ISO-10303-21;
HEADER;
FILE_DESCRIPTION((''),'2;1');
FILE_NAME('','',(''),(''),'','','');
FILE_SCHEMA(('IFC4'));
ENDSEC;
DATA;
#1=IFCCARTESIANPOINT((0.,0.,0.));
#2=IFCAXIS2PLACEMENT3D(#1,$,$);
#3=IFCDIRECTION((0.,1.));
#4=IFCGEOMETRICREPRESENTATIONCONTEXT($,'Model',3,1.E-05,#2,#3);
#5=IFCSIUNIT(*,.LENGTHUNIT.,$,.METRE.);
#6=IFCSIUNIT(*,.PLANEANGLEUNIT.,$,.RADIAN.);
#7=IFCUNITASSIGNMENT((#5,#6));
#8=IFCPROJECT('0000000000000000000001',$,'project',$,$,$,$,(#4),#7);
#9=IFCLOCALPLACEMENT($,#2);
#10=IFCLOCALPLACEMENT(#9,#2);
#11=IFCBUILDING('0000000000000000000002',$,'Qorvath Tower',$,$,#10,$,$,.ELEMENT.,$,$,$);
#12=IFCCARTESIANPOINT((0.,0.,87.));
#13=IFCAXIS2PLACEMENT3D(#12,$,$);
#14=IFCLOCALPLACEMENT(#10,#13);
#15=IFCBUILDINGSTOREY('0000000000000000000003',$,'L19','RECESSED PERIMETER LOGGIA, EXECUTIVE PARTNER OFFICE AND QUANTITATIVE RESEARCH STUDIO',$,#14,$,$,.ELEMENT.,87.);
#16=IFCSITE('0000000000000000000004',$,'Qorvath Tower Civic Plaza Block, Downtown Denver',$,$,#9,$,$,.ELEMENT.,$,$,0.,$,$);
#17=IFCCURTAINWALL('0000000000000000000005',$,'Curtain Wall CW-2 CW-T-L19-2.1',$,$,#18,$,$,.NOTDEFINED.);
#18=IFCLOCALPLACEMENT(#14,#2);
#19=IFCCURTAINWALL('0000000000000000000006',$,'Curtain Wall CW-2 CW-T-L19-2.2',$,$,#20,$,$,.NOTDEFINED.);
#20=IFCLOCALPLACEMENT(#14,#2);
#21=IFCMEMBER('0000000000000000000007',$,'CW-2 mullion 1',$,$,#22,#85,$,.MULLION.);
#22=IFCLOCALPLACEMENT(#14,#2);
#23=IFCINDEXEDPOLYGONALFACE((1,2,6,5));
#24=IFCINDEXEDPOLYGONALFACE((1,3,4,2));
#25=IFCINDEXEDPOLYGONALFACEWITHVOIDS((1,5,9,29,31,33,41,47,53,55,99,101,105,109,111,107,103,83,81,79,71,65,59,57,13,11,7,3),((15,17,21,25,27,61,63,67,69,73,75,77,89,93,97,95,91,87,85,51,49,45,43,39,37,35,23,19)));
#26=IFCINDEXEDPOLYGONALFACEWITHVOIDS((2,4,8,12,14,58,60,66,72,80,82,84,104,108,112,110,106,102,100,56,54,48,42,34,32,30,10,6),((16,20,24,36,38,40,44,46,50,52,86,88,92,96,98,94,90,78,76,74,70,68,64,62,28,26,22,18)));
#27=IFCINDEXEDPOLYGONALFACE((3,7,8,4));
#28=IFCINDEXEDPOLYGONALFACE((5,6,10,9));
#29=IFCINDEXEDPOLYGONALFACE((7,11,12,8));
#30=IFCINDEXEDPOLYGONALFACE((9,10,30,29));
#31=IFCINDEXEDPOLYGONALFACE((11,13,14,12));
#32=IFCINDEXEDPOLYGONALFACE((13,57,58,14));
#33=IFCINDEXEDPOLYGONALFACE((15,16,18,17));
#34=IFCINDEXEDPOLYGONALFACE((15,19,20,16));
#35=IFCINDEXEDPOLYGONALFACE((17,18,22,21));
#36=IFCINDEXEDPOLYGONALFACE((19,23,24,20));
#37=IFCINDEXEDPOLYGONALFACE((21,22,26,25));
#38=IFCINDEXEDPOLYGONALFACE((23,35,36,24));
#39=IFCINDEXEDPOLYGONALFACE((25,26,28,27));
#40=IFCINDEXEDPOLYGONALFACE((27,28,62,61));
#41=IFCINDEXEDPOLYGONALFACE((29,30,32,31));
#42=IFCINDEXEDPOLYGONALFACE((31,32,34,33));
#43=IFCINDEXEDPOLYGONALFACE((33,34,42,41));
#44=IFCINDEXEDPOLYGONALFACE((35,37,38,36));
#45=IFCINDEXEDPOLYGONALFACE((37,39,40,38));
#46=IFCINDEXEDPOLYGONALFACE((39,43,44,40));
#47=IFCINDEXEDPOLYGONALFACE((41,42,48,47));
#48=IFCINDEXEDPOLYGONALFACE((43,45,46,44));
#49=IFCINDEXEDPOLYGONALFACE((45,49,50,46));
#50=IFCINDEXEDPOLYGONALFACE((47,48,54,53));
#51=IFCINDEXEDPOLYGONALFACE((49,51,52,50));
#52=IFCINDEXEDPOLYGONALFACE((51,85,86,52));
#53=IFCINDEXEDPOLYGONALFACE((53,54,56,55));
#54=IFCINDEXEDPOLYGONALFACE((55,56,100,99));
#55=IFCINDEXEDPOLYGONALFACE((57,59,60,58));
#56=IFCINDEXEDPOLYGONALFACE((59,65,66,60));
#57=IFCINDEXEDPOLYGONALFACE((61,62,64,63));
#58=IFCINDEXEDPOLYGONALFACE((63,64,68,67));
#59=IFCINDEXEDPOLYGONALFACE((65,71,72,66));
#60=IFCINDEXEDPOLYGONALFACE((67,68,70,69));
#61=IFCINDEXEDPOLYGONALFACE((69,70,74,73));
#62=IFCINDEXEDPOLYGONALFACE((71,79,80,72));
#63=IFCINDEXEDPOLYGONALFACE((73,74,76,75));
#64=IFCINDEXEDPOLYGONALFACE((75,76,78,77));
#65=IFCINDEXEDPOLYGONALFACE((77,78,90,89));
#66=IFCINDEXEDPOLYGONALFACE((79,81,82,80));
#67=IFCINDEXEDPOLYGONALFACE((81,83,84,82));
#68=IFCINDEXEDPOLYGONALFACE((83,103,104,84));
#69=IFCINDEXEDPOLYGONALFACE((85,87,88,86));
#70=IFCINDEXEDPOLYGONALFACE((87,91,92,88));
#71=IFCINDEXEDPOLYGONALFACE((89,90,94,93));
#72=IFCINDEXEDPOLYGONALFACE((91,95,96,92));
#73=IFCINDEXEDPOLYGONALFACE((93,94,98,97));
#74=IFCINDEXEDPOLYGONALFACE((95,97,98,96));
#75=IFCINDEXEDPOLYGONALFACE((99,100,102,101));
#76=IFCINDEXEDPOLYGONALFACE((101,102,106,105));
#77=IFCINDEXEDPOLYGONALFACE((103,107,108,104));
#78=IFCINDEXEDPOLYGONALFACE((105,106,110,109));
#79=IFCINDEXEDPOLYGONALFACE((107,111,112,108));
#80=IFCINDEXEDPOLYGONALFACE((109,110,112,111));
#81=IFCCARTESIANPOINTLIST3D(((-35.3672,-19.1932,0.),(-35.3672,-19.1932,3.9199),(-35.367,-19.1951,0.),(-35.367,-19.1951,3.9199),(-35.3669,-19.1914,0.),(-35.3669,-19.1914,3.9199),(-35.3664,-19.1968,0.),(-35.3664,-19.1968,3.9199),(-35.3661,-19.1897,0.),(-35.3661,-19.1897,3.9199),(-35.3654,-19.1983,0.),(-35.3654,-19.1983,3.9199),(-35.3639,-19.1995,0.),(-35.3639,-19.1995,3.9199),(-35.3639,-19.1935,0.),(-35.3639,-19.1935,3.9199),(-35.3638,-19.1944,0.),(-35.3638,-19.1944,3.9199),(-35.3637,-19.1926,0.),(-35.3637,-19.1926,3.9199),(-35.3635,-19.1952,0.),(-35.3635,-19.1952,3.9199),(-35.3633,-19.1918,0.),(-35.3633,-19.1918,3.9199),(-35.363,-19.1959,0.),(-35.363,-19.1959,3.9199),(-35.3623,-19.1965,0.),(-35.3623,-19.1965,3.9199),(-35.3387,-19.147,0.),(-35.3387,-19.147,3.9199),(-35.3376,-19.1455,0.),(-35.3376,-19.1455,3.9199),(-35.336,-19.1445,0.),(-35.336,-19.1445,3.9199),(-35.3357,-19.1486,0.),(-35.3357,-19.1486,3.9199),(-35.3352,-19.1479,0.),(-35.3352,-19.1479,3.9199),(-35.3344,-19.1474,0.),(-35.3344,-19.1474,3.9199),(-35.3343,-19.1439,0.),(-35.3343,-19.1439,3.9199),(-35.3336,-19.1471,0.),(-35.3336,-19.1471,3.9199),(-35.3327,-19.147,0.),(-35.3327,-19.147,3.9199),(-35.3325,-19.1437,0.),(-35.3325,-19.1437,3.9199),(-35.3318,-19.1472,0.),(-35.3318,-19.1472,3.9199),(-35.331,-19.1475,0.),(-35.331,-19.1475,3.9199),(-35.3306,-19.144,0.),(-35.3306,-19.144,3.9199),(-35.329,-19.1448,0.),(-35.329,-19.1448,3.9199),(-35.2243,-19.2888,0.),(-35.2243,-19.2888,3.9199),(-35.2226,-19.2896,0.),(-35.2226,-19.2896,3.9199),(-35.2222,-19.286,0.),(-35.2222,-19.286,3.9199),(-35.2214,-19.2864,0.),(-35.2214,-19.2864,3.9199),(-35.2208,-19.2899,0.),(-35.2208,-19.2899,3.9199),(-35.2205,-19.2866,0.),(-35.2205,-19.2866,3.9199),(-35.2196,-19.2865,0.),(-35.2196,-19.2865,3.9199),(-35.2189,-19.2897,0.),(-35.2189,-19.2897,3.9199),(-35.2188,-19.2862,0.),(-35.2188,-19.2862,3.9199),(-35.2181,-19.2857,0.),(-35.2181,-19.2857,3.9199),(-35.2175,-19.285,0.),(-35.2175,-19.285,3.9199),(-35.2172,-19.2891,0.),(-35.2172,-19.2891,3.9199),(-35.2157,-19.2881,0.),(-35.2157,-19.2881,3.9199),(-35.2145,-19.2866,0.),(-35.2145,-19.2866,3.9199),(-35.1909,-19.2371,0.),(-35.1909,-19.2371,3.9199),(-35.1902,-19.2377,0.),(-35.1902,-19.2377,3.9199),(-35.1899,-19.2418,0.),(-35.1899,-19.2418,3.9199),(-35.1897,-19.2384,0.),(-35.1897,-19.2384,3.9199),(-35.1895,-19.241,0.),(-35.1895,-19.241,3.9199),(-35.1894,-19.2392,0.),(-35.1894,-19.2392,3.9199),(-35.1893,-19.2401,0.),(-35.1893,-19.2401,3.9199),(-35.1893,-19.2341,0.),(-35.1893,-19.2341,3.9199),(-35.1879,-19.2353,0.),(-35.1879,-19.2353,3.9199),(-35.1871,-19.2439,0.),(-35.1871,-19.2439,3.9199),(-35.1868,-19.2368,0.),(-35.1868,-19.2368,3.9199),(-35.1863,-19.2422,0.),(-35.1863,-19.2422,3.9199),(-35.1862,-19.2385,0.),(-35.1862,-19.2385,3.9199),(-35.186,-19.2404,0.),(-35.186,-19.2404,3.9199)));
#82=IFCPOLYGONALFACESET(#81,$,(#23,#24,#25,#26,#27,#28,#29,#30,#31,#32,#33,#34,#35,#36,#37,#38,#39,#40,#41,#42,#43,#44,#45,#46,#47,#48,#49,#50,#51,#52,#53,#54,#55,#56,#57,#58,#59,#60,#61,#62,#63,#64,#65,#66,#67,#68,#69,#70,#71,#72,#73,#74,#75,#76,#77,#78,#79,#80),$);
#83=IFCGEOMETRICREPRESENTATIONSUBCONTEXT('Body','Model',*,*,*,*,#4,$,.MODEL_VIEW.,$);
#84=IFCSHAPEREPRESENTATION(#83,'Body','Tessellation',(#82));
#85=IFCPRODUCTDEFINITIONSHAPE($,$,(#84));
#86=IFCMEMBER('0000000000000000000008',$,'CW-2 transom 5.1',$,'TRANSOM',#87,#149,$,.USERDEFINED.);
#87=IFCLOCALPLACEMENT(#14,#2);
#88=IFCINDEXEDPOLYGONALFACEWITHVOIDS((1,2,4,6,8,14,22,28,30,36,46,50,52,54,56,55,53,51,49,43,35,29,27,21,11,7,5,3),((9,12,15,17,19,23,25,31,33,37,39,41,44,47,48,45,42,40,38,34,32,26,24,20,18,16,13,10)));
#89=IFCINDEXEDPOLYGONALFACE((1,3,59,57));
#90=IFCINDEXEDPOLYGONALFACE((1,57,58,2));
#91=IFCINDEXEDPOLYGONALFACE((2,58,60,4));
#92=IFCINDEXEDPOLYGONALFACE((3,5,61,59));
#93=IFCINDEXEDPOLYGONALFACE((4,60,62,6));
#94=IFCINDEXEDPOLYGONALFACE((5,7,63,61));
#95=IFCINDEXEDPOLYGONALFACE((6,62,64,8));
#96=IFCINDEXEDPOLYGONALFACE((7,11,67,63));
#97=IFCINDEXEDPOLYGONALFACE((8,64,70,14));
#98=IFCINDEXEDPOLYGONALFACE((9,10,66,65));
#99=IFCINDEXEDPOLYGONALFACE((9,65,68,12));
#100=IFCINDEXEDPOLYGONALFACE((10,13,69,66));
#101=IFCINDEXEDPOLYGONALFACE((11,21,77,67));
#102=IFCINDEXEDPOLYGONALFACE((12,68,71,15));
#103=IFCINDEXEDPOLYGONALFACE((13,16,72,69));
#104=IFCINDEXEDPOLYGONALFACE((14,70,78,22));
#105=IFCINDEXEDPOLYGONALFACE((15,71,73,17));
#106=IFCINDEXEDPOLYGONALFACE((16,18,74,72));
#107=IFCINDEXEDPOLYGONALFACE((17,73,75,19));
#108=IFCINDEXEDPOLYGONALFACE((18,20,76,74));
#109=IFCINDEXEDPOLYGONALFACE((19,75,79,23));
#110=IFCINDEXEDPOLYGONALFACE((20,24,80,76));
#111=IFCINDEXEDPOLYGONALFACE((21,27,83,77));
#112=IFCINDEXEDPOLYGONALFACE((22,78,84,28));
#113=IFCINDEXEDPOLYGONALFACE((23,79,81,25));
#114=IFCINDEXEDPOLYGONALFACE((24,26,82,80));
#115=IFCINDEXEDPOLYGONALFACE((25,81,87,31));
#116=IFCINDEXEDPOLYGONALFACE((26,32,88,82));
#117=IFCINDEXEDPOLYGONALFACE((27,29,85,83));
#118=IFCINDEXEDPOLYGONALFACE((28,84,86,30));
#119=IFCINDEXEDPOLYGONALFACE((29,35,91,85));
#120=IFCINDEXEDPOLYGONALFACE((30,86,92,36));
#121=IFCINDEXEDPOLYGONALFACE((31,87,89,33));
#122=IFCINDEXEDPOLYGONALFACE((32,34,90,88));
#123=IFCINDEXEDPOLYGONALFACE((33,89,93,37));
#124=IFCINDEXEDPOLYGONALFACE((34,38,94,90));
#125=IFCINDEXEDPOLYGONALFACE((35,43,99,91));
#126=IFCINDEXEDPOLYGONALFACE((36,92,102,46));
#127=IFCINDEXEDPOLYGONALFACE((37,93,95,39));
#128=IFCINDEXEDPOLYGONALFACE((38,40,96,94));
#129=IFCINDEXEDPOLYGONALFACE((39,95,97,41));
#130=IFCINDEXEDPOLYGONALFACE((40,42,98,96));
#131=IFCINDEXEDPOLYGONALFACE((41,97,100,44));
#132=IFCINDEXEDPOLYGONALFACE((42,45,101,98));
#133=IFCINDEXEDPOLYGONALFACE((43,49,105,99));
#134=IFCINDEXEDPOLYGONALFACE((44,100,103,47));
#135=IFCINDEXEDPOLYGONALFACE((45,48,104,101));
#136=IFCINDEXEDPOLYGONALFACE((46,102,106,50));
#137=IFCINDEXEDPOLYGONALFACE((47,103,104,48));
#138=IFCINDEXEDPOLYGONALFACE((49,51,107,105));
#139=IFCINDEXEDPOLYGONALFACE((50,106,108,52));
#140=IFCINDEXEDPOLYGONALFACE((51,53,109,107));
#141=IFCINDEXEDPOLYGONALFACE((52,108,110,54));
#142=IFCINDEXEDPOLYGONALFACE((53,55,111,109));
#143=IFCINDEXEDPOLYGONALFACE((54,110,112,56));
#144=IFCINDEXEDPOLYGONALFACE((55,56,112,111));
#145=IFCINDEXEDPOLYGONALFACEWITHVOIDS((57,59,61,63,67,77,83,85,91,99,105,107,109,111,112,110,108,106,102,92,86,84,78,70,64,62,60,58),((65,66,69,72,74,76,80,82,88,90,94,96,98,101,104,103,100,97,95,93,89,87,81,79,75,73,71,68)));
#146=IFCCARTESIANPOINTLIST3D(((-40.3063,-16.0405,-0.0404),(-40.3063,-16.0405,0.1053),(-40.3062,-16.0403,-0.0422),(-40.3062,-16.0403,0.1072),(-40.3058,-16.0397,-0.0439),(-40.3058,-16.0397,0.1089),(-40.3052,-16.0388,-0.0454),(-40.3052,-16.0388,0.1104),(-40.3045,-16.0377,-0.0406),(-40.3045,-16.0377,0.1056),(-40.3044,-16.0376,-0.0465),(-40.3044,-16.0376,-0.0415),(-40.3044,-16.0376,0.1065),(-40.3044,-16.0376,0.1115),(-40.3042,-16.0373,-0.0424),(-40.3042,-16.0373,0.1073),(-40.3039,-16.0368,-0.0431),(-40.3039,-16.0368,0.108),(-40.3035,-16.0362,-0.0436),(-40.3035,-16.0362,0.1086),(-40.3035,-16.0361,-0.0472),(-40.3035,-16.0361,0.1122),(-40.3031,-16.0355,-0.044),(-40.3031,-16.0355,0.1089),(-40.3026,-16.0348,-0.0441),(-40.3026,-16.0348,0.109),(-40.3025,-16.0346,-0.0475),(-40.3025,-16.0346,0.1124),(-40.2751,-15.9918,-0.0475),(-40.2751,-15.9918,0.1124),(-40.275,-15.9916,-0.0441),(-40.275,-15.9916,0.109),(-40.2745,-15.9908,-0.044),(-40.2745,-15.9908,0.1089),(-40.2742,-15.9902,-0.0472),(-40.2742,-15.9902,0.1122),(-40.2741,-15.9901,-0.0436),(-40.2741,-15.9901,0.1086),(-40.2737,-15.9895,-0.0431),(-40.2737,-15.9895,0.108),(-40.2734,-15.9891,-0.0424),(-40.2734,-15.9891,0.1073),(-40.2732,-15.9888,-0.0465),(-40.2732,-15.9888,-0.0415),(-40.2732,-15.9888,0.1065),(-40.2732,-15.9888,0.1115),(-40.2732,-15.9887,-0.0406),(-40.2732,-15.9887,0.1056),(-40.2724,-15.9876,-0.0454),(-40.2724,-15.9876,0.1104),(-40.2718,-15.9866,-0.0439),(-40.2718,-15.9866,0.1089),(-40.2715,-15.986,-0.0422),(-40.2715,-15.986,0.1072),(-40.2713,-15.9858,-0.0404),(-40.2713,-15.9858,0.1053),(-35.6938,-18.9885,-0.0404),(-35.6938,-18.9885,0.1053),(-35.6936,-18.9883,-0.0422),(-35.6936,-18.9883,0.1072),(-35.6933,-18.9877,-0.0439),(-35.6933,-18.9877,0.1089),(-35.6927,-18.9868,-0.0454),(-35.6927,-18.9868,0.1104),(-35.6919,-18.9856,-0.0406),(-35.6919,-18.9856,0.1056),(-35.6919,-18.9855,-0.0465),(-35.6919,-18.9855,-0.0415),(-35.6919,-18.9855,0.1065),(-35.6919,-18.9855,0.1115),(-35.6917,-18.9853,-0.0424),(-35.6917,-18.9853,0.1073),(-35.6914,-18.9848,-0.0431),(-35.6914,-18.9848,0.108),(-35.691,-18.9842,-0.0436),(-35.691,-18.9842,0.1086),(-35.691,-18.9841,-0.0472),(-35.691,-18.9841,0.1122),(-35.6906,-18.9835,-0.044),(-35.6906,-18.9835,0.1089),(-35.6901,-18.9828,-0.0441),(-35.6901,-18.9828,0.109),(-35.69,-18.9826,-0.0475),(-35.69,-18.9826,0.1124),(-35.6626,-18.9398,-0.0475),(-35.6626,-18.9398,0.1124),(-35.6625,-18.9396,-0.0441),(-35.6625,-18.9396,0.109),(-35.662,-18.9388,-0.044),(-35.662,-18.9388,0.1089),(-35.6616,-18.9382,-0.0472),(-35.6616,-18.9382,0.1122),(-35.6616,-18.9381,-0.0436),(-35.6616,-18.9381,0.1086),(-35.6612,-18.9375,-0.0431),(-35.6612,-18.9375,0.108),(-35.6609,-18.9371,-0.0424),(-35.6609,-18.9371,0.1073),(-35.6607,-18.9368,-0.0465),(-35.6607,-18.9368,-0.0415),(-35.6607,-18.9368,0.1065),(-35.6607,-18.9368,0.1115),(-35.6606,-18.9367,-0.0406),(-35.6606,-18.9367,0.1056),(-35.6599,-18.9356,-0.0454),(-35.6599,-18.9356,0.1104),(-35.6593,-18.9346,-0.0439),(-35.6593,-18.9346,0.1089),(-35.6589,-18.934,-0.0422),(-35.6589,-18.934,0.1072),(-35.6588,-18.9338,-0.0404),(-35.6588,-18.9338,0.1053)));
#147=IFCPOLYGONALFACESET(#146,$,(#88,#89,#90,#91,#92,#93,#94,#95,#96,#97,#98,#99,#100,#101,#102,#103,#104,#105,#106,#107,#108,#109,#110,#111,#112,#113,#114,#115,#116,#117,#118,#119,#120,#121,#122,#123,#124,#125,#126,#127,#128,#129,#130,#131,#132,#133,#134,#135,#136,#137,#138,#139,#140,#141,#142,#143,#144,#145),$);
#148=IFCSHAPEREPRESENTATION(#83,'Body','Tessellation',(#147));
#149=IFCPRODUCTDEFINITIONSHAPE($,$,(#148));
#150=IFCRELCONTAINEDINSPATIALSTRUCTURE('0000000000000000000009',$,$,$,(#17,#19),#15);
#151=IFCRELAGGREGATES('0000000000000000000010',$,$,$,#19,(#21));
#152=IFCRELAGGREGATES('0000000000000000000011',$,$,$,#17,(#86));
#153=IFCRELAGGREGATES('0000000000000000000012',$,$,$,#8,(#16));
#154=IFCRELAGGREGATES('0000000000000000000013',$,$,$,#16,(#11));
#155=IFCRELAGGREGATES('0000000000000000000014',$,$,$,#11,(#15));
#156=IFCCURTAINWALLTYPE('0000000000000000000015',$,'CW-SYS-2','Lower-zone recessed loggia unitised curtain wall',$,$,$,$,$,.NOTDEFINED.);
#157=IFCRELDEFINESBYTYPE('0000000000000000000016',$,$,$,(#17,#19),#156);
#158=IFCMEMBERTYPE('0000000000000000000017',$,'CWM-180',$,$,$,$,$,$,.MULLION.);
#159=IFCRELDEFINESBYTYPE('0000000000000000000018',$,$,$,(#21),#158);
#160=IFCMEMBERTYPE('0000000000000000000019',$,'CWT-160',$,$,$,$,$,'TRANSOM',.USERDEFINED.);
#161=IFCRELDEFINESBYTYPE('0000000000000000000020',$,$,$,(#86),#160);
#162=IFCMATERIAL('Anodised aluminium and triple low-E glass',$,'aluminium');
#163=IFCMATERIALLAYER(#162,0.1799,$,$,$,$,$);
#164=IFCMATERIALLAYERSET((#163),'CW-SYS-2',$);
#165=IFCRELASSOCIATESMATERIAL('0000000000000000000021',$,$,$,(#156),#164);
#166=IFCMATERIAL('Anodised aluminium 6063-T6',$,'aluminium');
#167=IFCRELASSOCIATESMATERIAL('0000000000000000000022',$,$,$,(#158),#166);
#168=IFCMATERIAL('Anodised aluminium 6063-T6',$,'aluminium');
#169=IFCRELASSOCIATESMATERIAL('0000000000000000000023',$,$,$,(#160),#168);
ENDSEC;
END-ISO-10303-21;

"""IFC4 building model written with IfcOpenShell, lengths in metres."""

from ifc_helpers import new_model, si_unit, direction, frame, origin, origin_2d, place, context, subcontext, project, spatial, hollow_rectangle, extrude, material, layer, layer_set, material_profile, profile_set, type_object, element, aggregate, save


model = new_model("IFC4")

# Units and contexts
model_context = context("Model", 3, precision=1e-05, world=origin(), true_north=direction((0.0, 1.0)))
body_context = subcontext(model_context, "Body", "Model", "MODEL_VIEW")
ifc_project = project(units=[si_unit("LENGTHUNIT", "METRE"), si_unit("PLANEANGLEUNIT", "RADIAN")], contexts=[model_context])

# Site, building, storey
site_placement = place(None, origin())
site = spatial("IfcSite", under=ifc_project, at=site_placement, Name="Qorvath Tower Civic Plaza Block, Downtown Denver", CompositionType="ELEMENT", RefElevation=0.0)
building_placement = place(site_placement, origin())
building = spatial("IfcBuilding", under=site, at=building_placement, Name="Qorvath Tower", CompositionType="ELEMENT")
storey_placement = place(building_placement, frame((0.0, 0.0, 87.0)))
storey = spatial("IfcBuildingStorey", under=building, at=storey_placement, Name="L19", Description="RECESSED PERIMETER LOGGIA, EXECUTIVE PARTNER OFFICE AND QUANTITATIVE RESEARCH STUDIO", CompositionType="ELEMENT", Elevation=87.0)

# Curtain wall
ifc_material_1 = material(Name="Anodised aluminium and triple low-E glass", Category="aluminium")
ifc_layer_1 = layer(ifc_material_1, 0.1799)
ifc_layer_set_1 = layer_set([ifc_layer_1], Name="CW-SYS-2")
curtain_wall_type = type_object("IfcCurtainWallType", Name="CW-SYS-2", Description="Lower-zone recessed loggia unitised curtain wall", PredefinedType="NOTDEFINED", material=ifc_layer_set_1)
curtain_wall_1_placement = place(storey_placement, origin())
curtain_wall_1 = element("IfcCurtainWall", 1, at=curtain_wall_1_placement, inside=storey, type_object=curtain_wall_type, Name="Curtain Wall CW-2 CW-T-L19-2.1", PredefinedType="NOTDEFINED")
ifc_material_2 = material(Name="Anodised aluminium 6063-T6", Category="aluminium")
ifc_material_profile_1 = material_profile(ifc_material_2, hollow_rectangle(XDim=0.0649, YDim=0.1799, WallThickness=0.0034, InnerFilletRadius=0.0034, OuterFilletRadius=0.0071, at=origin_2d()), Name="CWM 180x65")
ifc_profile_set_1 = profile_set([ifc_material_profile_1], Name="Anodised aluminium 6063-T6")
member_type_1 = type_object("IfcMemberType", Name="CWM-180", PredefinedType="MULLION", material=ifc_profile_set_1)

# Curtain wall, member
curtain_wall_2_placement = place(storey_placement, origin())
curtain_wall_2 = element("IfcCurtainWall", 2, at=curtain_wall_2_placement, inside=storey, type_object=curtain_wall_type, Name="Curtain Wall CW-2 CW-T-L19-2.2", PredefinedType="NOTDEFINED")
member_1_placement = place(storey_placement, frame((-35.2766, -19.2168, 0.0), z_axis=(0.0, 0.0, 1.0), x_axis=(0.538533, 0.842604, 0.0)))
member_1 = element("IfcMember", 3, at=member_1_placement, type_object=member_type_1, Name="CW-2 mullion 1", PredefinedType="MULLION", context=body_context, shape_type="SweptSolid", body=[
    extrude(hollow_rectangle(XDim=0.0649, YDim=0.1799, WallThickness=0.0034, InnerFilletRadius=0.0034, OuterFilletRadius=0.0071, at=origin_2d()), origin(), (0.0, 0.0, 1.0), 3.9199),
])

# Member
ifc_material_3 = material(Name="Anodised aluminium 6063-T6", Category="aluminium")
ifc_material_profile_2 = material_profile(ifc_material_3, hollow_rectangle(XDim=0.0649, YDim=0.1599, WallThickness=0.0034, InnerFilletRadius=0.0034, OuterFilletRadius=0.0071, at=origin_2d()), Name="CWT 160x65")
ifc_profile_set_2 = profile_set([ifc_material_profile_2], Name="Anodised aluminium 6063-T6")
member_type_2 = type_object("IfcMemberType", Name="CWT-160", ElementType="TRANSOM", PredefinedType="USERDEFINED", material=ifc_profile_set_2)
member_2_placement = place(storey_placement, frame((-40.2888, -16.0132, 0.0325), z_axis=(0.842606, -0.538531, 0.0), x_axis=(0.538531, 0.842606, 0.0)))
member_2 = element("IfcMember", 4, at=member_2_placement, type_object=member_type_2, Name="CW-2 transom 5.1", ObjectType="TRANSOM", PredefinedType="USERDEFINED", context=body_context, shape_type="SweptSolid", body=[
    extrude(hollow_rectangle(XDim=0.0649, YDim=0.1599, WallThickness=0.0034, InnerFilletRadius=0.0034, OuterFilletRadius=0.0071, at=origin_2d()), origin(), (0.0, 0.0, 1.0), 5.4741),
])
aggregate(curtain_wall_2, [member_1])

aggregate(curtain_wall_1, [member_2])

save(model, "model.ifc")
